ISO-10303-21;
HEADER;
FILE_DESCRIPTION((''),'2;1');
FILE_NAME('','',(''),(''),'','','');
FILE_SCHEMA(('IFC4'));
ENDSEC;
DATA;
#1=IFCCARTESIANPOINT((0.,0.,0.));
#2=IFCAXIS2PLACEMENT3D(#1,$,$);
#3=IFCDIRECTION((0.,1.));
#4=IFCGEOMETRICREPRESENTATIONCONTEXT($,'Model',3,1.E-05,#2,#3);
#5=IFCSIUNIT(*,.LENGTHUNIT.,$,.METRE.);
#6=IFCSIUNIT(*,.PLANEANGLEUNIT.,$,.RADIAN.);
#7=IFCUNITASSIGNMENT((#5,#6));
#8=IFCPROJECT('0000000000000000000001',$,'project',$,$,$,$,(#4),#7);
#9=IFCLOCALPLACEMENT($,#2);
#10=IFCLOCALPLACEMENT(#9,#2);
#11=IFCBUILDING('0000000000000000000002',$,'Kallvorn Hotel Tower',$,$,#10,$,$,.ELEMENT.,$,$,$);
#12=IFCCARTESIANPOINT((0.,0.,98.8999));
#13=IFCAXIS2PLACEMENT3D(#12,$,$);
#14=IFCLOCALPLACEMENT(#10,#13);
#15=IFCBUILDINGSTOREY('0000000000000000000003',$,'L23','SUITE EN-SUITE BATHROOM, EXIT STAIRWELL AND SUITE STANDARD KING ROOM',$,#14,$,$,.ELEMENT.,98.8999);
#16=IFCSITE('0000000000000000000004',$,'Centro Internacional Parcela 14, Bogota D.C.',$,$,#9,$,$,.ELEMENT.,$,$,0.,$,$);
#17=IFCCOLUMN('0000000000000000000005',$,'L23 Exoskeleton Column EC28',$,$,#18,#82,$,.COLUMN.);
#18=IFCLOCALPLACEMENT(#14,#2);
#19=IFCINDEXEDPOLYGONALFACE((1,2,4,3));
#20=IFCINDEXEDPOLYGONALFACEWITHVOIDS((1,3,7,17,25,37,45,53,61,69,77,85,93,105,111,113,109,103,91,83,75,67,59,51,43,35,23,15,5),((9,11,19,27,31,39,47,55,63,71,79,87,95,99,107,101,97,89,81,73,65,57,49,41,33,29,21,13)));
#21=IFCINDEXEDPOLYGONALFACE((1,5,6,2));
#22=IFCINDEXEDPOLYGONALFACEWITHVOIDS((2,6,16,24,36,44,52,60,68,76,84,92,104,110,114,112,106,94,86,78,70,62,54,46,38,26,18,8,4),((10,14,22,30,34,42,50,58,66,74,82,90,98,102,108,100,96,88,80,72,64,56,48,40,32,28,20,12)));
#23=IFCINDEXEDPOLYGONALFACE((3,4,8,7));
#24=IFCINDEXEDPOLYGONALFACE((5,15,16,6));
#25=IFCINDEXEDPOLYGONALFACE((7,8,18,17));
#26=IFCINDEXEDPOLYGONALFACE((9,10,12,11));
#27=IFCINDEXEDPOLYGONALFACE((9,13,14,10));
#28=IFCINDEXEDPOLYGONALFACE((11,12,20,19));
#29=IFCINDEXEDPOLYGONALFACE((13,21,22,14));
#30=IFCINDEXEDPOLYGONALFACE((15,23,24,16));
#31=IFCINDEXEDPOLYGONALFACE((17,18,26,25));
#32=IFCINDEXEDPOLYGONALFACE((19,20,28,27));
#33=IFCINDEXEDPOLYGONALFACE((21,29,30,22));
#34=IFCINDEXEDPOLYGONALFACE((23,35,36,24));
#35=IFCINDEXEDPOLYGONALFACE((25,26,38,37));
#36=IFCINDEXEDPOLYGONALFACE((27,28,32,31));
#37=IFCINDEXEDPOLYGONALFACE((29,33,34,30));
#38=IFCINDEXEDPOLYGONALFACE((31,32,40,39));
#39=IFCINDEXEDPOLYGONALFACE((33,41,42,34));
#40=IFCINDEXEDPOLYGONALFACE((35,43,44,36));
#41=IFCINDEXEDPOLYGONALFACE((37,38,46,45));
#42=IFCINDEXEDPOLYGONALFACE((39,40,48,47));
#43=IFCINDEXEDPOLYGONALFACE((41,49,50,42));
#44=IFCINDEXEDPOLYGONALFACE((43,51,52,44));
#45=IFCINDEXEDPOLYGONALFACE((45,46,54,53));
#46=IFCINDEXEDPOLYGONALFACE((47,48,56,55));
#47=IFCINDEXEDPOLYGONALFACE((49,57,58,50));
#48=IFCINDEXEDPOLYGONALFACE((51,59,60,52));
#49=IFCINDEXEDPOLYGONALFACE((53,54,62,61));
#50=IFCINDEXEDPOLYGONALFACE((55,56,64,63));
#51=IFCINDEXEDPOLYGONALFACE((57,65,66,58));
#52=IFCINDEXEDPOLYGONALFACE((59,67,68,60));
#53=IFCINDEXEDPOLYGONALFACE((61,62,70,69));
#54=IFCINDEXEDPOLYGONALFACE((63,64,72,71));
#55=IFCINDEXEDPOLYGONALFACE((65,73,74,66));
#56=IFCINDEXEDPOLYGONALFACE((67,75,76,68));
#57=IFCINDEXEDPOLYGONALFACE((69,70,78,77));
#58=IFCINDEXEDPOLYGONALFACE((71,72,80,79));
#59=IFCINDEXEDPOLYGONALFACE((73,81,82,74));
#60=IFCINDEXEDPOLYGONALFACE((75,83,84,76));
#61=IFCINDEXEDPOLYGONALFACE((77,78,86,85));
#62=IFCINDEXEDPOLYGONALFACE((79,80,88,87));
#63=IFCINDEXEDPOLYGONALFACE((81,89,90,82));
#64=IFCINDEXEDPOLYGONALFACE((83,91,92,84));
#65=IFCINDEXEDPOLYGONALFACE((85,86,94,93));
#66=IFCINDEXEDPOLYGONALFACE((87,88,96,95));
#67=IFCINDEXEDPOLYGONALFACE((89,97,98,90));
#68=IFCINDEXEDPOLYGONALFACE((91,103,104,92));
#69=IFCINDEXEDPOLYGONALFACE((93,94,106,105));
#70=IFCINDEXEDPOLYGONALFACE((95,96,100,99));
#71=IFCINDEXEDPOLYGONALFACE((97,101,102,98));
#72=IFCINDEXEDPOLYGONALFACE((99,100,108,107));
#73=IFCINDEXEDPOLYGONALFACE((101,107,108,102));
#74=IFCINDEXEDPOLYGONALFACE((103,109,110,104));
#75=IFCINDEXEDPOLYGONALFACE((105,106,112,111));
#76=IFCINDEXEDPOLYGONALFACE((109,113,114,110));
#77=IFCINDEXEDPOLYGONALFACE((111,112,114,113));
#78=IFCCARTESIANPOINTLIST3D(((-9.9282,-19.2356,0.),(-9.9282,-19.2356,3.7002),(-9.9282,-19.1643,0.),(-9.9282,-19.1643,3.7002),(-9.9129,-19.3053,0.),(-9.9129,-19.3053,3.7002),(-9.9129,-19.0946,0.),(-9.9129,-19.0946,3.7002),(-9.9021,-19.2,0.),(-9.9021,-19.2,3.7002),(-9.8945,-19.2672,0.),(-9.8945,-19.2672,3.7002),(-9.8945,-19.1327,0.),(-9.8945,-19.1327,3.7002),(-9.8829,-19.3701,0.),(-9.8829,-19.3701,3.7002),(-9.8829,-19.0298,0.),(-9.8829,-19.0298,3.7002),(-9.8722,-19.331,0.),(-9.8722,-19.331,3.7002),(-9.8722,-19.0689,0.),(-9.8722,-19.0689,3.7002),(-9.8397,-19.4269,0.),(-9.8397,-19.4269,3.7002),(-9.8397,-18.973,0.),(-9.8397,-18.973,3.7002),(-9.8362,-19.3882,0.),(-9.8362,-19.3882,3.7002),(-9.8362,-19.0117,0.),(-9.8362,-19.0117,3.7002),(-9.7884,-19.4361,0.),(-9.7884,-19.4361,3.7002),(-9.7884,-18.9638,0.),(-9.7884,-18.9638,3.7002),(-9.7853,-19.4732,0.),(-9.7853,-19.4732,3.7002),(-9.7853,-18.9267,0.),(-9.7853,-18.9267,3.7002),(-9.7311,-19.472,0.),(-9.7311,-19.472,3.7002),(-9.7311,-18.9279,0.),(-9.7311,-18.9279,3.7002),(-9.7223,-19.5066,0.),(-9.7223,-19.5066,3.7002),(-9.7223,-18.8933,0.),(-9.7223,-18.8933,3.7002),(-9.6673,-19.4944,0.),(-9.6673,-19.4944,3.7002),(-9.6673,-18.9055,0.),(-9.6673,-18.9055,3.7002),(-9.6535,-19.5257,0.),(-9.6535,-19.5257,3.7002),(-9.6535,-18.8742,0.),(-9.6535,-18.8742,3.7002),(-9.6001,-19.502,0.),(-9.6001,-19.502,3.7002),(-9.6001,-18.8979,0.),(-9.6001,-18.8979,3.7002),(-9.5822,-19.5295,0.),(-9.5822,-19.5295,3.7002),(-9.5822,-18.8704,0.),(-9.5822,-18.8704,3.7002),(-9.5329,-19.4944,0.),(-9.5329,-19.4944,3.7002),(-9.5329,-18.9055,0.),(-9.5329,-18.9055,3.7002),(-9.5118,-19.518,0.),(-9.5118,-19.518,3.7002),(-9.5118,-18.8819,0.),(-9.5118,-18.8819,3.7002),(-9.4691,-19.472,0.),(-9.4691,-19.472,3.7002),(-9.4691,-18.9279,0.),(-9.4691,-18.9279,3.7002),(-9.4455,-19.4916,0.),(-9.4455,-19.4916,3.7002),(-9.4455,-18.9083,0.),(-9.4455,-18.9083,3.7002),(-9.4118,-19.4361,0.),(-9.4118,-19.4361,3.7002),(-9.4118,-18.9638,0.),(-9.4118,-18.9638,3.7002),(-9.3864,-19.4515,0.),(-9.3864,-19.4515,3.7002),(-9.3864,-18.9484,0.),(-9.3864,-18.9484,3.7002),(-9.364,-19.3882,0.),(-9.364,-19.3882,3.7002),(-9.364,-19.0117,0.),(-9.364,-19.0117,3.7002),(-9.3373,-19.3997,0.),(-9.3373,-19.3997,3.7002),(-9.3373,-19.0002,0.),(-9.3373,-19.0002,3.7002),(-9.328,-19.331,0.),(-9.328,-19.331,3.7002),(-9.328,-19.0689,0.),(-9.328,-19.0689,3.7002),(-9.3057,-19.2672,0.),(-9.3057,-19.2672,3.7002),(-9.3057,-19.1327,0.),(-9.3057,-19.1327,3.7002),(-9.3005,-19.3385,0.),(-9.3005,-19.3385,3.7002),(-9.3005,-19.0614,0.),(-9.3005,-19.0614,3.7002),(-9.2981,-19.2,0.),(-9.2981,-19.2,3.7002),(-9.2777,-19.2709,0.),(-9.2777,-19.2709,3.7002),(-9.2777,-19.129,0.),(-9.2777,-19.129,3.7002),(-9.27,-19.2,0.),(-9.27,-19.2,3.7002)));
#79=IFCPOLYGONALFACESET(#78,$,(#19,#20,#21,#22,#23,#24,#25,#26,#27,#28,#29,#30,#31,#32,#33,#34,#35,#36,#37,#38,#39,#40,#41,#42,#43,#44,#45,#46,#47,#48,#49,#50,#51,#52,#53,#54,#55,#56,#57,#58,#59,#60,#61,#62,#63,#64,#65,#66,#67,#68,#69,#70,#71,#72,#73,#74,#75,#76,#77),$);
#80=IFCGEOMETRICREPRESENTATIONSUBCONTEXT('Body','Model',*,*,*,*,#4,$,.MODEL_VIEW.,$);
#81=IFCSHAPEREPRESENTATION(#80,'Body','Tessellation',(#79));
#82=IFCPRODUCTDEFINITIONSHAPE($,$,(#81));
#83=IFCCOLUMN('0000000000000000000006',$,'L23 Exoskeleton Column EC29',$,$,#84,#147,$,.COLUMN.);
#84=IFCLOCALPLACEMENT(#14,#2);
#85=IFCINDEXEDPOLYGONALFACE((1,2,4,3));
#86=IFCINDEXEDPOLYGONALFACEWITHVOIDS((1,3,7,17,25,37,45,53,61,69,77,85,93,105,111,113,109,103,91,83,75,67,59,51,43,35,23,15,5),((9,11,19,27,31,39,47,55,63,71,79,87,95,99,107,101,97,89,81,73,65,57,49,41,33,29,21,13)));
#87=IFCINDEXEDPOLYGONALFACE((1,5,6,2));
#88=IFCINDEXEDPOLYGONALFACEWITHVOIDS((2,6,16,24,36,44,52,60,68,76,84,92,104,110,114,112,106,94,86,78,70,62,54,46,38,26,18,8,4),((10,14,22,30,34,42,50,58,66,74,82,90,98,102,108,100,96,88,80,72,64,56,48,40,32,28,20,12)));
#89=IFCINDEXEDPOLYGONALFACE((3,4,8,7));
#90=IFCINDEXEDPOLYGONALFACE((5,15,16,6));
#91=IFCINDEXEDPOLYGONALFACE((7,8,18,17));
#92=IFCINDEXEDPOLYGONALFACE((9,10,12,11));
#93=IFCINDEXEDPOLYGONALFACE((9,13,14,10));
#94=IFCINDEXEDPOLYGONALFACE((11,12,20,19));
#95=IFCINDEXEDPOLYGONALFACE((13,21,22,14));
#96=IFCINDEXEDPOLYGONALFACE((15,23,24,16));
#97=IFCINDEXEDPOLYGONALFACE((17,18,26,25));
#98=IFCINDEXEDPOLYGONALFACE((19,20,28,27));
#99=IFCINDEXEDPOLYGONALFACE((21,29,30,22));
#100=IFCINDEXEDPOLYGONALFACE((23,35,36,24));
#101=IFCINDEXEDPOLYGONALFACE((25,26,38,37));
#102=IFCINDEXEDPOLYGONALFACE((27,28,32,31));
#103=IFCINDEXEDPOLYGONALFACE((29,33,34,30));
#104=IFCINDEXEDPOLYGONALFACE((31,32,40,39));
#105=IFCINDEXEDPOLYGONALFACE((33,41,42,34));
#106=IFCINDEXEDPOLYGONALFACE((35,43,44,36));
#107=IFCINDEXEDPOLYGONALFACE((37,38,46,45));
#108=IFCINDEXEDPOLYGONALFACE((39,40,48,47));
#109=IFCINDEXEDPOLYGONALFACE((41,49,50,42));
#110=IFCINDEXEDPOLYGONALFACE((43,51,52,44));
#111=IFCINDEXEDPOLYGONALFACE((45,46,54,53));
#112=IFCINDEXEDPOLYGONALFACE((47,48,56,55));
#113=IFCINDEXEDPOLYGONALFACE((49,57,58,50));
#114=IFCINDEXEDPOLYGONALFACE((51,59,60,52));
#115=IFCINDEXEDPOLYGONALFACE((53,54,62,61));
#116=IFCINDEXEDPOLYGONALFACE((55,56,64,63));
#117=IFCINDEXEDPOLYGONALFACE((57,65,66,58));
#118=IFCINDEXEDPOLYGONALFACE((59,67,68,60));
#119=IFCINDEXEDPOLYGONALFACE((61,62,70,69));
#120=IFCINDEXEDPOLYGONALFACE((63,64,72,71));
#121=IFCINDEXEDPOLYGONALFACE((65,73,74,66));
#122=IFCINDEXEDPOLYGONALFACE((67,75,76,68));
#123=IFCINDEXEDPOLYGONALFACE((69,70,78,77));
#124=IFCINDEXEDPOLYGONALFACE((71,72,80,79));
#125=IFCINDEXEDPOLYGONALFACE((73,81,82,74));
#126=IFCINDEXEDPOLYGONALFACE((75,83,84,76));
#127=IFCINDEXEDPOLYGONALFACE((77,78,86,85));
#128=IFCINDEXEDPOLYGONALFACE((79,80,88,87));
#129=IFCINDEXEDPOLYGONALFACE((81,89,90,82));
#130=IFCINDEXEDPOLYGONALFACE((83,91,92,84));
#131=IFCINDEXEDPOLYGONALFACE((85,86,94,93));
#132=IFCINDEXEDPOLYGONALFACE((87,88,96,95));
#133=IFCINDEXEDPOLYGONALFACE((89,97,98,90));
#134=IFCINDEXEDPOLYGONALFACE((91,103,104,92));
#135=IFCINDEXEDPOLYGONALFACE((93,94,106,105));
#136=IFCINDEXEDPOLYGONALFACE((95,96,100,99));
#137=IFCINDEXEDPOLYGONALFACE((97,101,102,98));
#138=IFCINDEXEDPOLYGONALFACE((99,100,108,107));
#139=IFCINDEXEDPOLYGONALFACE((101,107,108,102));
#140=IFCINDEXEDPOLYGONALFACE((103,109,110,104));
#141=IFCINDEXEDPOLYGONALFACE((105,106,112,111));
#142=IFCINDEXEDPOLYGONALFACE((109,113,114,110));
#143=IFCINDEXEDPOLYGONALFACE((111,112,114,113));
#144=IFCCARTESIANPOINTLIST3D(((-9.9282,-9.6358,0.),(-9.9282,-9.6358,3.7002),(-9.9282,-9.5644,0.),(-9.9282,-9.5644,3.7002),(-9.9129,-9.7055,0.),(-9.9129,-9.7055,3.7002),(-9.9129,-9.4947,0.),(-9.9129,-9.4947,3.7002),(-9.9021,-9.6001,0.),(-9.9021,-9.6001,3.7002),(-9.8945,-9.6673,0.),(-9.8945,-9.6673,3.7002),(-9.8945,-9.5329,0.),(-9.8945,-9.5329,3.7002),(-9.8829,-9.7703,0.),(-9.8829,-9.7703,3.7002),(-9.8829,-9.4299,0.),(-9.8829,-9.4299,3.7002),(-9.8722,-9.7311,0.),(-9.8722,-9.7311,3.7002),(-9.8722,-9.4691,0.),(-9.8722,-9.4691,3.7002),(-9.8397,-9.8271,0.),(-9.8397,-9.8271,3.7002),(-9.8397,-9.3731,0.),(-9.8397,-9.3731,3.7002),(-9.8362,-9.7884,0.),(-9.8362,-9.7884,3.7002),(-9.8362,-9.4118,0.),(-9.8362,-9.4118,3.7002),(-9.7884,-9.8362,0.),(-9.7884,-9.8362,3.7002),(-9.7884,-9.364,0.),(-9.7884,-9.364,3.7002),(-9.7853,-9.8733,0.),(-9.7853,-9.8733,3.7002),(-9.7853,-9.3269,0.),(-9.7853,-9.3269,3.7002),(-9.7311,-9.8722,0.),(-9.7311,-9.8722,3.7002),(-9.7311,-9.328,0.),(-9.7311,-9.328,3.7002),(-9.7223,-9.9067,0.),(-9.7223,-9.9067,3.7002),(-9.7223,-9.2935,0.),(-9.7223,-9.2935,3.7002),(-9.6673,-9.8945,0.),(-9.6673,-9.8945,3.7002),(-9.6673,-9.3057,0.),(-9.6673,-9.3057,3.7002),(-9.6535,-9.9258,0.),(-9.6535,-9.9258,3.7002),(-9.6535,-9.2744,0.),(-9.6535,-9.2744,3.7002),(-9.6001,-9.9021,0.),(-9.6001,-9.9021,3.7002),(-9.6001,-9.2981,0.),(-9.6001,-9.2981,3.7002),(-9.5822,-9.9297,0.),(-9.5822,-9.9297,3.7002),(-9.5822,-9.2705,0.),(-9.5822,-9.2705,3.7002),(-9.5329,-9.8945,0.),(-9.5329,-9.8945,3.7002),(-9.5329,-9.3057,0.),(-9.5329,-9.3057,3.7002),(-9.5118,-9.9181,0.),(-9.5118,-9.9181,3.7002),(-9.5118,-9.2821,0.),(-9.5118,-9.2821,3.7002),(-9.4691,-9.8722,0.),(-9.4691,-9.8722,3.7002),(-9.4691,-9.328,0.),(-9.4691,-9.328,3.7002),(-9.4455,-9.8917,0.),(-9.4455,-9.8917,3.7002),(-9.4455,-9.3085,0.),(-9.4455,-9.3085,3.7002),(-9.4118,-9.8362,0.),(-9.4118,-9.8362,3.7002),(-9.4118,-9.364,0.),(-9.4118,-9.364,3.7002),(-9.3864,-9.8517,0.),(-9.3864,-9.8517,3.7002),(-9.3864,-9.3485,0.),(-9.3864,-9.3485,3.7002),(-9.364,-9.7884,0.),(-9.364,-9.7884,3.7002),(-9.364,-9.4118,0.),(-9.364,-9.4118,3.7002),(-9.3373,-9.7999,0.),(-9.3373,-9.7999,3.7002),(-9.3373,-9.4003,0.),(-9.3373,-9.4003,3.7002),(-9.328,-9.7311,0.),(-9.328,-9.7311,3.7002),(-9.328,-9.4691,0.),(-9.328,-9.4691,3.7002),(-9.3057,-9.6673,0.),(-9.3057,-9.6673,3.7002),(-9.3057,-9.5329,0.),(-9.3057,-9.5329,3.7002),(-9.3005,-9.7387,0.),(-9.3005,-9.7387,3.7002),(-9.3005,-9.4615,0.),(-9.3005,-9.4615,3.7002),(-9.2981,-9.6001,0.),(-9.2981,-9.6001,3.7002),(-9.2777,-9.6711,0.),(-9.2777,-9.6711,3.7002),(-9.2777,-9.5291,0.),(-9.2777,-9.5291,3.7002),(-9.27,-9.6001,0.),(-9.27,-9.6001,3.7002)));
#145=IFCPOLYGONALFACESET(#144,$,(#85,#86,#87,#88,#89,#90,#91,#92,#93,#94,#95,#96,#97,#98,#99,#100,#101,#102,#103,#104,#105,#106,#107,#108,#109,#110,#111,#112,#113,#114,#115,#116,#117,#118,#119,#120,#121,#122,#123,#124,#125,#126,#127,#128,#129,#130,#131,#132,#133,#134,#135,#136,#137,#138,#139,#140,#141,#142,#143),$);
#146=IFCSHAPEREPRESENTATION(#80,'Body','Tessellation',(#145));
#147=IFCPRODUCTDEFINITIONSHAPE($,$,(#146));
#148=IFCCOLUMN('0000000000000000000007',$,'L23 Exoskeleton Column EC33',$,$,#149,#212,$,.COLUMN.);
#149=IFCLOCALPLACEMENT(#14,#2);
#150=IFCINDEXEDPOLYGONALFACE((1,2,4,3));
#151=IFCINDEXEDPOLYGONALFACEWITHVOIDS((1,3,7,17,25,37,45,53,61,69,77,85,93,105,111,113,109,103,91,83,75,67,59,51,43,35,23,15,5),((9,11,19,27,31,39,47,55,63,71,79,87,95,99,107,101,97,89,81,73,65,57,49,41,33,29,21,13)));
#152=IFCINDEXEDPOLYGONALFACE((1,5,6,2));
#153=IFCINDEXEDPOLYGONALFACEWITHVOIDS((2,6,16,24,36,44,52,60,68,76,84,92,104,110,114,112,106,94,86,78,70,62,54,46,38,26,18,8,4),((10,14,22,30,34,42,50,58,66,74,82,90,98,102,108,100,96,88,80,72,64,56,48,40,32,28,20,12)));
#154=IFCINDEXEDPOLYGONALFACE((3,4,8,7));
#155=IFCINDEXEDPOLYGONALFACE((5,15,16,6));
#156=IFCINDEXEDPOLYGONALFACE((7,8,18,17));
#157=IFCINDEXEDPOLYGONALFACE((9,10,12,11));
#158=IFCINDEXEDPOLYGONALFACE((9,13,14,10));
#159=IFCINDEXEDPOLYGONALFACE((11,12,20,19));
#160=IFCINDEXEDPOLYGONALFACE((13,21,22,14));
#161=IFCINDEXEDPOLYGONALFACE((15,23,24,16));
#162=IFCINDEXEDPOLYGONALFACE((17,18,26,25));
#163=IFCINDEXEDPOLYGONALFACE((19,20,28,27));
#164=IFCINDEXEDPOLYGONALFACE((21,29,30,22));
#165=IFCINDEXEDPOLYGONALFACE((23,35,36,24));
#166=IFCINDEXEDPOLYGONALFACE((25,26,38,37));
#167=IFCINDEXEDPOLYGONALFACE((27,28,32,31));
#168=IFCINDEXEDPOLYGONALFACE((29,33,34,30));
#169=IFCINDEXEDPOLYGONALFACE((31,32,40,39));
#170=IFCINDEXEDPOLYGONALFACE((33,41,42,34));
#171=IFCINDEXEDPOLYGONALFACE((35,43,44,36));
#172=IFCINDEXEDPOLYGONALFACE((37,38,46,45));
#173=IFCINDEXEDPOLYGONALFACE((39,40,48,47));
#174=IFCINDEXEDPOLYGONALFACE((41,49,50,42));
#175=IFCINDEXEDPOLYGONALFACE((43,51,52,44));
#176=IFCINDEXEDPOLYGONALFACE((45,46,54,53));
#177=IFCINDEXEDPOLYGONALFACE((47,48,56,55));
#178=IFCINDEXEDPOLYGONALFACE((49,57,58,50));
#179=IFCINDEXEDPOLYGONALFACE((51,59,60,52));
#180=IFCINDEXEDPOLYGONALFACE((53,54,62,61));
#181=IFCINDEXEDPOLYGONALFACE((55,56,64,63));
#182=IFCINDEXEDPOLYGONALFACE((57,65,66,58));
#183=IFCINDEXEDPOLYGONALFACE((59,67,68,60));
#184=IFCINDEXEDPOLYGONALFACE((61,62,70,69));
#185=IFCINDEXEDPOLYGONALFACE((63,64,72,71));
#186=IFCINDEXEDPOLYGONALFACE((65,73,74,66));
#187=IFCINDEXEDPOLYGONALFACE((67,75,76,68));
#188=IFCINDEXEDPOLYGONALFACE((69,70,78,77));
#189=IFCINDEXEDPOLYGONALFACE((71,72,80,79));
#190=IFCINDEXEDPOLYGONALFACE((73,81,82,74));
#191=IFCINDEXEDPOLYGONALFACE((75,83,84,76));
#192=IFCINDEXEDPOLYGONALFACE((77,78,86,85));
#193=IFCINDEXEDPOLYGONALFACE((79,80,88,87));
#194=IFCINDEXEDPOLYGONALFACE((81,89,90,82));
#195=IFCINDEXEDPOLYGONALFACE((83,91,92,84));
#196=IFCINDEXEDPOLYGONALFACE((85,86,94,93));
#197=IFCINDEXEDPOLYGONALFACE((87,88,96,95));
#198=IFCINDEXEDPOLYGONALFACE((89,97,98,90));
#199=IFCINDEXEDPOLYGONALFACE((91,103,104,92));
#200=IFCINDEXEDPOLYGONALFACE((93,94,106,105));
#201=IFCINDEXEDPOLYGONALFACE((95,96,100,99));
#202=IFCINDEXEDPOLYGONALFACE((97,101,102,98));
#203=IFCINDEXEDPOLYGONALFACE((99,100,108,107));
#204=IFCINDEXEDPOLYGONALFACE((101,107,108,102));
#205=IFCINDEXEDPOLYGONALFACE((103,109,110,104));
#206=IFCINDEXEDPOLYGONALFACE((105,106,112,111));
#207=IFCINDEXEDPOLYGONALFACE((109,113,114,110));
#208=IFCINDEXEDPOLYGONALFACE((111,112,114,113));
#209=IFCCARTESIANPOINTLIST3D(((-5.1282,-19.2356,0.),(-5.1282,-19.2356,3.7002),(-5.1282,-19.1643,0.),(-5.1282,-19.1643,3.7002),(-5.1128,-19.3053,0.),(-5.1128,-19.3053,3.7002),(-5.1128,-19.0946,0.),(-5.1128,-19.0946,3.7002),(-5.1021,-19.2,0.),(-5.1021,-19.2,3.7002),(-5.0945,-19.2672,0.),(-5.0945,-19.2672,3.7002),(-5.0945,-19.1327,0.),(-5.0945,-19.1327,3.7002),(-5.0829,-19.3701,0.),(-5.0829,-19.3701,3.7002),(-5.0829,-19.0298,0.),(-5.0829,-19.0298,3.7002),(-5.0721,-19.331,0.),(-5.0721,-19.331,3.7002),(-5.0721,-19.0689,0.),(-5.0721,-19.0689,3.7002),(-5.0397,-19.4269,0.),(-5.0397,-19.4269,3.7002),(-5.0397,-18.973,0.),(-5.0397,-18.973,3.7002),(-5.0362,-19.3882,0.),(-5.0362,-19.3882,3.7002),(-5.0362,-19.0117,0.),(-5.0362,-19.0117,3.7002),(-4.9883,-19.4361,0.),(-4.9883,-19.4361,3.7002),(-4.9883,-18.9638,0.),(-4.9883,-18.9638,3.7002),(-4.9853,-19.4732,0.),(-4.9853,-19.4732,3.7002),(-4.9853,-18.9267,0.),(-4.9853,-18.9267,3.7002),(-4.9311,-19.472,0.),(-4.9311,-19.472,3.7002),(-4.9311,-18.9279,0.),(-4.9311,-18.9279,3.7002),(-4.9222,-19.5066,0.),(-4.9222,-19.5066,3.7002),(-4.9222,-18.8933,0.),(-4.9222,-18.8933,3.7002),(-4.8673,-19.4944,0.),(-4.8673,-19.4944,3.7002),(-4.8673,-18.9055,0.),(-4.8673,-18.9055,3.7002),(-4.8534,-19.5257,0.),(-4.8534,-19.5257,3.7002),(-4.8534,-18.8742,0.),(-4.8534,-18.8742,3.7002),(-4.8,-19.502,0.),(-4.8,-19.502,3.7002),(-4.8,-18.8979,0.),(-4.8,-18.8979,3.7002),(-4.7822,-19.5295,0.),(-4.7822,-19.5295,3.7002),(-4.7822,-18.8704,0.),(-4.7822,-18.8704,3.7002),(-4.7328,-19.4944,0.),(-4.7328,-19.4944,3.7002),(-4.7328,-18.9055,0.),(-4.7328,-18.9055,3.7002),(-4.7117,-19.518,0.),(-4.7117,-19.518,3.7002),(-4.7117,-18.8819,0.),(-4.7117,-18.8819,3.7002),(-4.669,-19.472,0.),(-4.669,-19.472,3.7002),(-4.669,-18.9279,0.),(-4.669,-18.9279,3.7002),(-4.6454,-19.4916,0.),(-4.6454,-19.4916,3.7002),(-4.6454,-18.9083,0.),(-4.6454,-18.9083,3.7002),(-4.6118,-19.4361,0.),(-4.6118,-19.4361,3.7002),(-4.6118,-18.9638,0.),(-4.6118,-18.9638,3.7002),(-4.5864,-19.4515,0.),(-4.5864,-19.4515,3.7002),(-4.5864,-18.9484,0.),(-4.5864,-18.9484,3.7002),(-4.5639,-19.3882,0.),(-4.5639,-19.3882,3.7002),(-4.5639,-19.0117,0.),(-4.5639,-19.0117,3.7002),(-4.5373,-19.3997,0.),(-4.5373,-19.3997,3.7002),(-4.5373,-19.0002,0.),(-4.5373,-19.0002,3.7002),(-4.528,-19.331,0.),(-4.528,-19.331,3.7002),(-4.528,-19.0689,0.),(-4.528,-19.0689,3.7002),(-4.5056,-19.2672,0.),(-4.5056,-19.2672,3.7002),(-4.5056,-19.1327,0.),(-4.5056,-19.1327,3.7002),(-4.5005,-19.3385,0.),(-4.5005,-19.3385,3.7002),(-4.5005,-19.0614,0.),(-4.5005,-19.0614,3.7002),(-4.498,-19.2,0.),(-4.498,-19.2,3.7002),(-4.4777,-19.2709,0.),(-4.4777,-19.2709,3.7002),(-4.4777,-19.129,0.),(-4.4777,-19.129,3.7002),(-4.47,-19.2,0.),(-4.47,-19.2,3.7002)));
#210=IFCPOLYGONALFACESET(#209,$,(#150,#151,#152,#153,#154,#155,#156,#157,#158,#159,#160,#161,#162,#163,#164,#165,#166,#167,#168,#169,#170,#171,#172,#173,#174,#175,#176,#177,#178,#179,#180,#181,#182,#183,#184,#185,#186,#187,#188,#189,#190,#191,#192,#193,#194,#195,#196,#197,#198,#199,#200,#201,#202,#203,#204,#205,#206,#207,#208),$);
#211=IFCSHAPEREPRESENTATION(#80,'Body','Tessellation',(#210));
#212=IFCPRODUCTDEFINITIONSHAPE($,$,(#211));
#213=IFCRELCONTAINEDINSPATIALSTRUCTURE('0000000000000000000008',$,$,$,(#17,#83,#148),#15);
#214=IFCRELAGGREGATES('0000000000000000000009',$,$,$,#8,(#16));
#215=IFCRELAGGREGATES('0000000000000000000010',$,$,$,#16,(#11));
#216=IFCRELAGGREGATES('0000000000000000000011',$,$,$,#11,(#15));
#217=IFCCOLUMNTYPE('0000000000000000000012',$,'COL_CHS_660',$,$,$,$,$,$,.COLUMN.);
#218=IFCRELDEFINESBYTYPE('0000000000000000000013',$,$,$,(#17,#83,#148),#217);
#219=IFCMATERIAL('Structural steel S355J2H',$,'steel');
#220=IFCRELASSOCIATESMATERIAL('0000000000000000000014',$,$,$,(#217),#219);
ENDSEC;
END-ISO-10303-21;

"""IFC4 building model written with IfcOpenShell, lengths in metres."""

from ifc_helpers import new_model, si_unit, direction, frame, origin, origin_2d, place, context, subcontext, project, spatial, hollow_circle, extrude, material, material_profile, profile_set, type_object, element, save


model = new_model("IFC4")

# Units and contexts
model_context = context("Model", 3, precision=1e-05, world=origin(), true_north=direction((0.0, 1.0)))
body_context = subcontext(model_context, "Body", "Model", "MODEL_VIEW")
ifc_project = project(units=[si_unit("LENGTHUNIT", "METRE"), si_unit("PLANEANGLEUNIT", "RADIAN")], contexts=[model_context])

# Site, building, storey
site_placement = place(None, origin())
site = spatial("IfcSite", under=ifc_project, at=site_placement, Name="Centro Internacional Parcela 14, Bogota D.C.", CompositionType="ELEMENT", RefElevation=0.0)
building_placement = place(site_placement, origin())
building = spatial("IfcBuilding", under=site, at=building_placement, Name="Kallvorn Hotel Tower", CompositionType="ELEMENT")
storey_placement = place(building_placement, frame((0.0, 0.0, 98.8999)))
storey = spatial("IfcBuildingStorey", under=building, at=storey_placement, Name="L23", Description="SUITE EN-SUITE BATHROOM, EXIT STAIRWELL AND SUITE STANDARD KING ROOM", CompositionType="ELEMENT", Elevation=98.8999)

# Columns
ifc_material_1 = material(Name="Structural steel S355J2H", Category="steel")
ifc_material_profile_1 = material_profile(ifc_material_1, hollow_circle(Radius=0.3301, WallThickness=0.0281, at=origin_2d()), Name="CHS 660x28")
ifc_profile_set_1 = profile_set([ifc_material_profile_1], Name="Structural steel S355J2H")
column_type_1 = type_object("IfcColumnType", Name="COL_CHS_660", PredefinedType="COLUMN", material=ifc_profile_set_1)
for number, where, z_axis, x_axis, name in (
    (1, (-9.6001, -19.2, 0.0), (0.0, 0.0, 1.0), (1.0, 0.0, 0.0), "L23 Exoskeleton Column EC28"),
    (2, (-9.6001, -9.6001, 0.0), (0.0, 0.0, 1.0), (1.0, 0.0, 0.0), "L23 Exoskeleton Column EC29"),
    (3, (-4.8, -19.2, 0.0), (0.0, 0.0, 1.0), (1.0, 0.0, 0.0), "L23 Exoskeleton Column EC33"),
):
    element("IfcColumn", number, at=place(storey_placement, frame(where, z_axis=z_axis, x_axis=x_axis)), inside=storey, type_object=column_type_1, Name=name, PredefinedType="COLUMN", context=body_context, shape_type="SweptSolid", body=[
        extrude(hollow_circle(Radius=0.3301, WallThickness=0.0281, at=origin_2d()), origin(), (0.0, 0.0, 1.0), 3.7002),
    ])

save(model, "model.ifc")
